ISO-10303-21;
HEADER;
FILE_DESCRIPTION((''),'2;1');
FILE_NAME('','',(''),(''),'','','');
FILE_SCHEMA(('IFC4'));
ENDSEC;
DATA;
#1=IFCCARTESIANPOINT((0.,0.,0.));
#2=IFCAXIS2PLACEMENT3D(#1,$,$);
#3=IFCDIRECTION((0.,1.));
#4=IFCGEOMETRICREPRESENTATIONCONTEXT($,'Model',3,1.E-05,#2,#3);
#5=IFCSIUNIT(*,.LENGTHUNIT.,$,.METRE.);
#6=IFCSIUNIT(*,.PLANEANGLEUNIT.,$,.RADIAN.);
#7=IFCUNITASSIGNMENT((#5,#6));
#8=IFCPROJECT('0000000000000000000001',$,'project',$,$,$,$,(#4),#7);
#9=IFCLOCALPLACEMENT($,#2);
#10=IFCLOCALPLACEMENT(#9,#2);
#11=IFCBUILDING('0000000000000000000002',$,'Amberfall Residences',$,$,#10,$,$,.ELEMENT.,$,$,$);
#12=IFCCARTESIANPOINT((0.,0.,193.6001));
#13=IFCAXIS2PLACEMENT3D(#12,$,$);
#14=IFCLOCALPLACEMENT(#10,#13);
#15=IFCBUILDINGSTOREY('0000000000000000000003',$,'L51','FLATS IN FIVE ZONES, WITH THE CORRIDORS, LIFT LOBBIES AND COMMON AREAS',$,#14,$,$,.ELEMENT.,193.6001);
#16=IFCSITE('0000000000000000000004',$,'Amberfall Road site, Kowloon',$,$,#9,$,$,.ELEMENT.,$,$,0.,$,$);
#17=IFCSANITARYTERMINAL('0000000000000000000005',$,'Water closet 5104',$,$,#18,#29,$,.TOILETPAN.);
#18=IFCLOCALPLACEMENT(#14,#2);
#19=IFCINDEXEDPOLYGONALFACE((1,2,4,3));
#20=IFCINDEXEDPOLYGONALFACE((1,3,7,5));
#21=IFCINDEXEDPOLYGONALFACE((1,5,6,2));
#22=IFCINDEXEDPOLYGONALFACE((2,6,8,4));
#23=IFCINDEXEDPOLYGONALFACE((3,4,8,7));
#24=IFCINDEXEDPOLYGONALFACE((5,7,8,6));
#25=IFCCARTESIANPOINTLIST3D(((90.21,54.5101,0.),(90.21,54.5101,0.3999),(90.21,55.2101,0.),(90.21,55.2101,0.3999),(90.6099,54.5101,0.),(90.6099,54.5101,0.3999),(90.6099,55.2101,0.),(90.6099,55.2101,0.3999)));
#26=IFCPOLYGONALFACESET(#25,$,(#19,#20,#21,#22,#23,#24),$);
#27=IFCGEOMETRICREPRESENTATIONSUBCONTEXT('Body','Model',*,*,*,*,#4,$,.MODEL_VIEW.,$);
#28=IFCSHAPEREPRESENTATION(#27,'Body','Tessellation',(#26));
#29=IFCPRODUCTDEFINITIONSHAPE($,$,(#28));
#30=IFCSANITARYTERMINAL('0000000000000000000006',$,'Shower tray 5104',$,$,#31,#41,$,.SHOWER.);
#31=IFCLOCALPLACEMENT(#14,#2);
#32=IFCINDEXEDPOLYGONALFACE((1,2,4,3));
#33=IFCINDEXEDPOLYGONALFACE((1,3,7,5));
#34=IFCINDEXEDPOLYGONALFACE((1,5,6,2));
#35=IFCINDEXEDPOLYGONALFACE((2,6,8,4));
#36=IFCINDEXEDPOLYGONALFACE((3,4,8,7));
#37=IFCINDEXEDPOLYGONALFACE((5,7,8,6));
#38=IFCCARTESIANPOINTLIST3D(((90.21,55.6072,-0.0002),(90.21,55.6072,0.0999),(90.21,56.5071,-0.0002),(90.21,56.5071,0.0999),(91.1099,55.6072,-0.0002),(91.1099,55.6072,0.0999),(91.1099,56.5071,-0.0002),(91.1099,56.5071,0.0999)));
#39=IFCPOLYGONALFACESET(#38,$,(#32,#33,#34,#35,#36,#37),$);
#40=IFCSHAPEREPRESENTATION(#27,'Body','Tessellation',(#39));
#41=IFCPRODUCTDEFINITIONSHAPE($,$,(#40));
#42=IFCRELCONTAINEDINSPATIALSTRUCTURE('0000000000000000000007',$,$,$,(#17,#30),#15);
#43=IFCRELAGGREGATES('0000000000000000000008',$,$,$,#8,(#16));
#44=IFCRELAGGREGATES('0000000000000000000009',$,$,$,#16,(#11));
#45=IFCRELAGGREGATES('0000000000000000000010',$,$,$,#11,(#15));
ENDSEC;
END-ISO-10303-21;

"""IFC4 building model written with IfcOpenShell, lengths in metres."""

from ifc_helpers import new_model, si_unit, direction, frame, origin, origin_2d, place, context, subcontext, project, spatial, rectangle, extrude, element, save


model = new_model("IFC4")

# Units and contexts
model_context = context("Model", 3, precision=1e-05, world=origin(), true_north=direction((0.0, 1.0)))
body_context = subcontext(model_context, "Body", "Model", "MODEL_VIEW")
ifc_project = project(units=[si_unit("LENGTHUNIT", "METRE"), si_unit("PLANEANGLEUNIT", "RADIAN")], contexts=[model_context])

# Site, building, storey
site_placement = place(None, origin())
site = spatial("IfcSite", under=ifc_project, at=site_placement, Name="Amberfall Road site, Kowloon", CompositionType="ELEMENT", RefElevation=0.0)
building_placement = place(site_placement, origin())
building = spatial("IfcBuilding", under=site, at=building_placement, Name="Amberfall Residences", CompositionType="ELEMENT")
storey_placement = place(building_placement, frame((0.0, 0.0, 193.6001)))
storey = spatial("IfcBuildingStorey", under=building, at=storey_placement, Name="L51", Description="FLATS IN FIVE ZONES, WITH THE CORRIDORS, LIFT LOBBIES AND COMMON AREAS", CompositionType="ELEMENT", Elevation=193.6001)

# Sanitary terminals
sanitary_terminal_1_placement = place(storey_placement, frame((90.4099, 54.8601, 0.0), z_axis=(0.0, 0.0, 1.0), x_axis=(1.0, 0.0, 0.0)))
element("IfcSanitaryTerminal", 1, at=sanitary_terminal_1_placement, inside=storey, Name="Water closet 5104", PredefinedType="TOILETPAN", context=body_context, shape_type="SweptSolid", body=[
    extrude(rectangle(XDim=0.3999, YDim=0.7, at=origin_2d()), origin(), (0.0, 0.0, 1.0), 0.3999),
])
sanitary_terminal_2_placement = place(storey_placement, frame((90.6599, 56.0571, -0.0002), z_axis=(0.0, 0.0, 1.0), x_axis=(1.0, 0.0, 0.0)))
element("IfcSanitaryTerminal", 2, at=sanitary_terminal_2_placement, inside=storey, Name="Shower tray 5104", PredefinedType="SHOWER", context=body_context, shape_type="SweptSolid", body=[
    extrude(rectangle(XDim=0.8999, YDim=0.8999, at=origin_2d()), origin(), (0.0, 0.0, 1.0), 0.1001),
])

save(model, "model.ifc")
